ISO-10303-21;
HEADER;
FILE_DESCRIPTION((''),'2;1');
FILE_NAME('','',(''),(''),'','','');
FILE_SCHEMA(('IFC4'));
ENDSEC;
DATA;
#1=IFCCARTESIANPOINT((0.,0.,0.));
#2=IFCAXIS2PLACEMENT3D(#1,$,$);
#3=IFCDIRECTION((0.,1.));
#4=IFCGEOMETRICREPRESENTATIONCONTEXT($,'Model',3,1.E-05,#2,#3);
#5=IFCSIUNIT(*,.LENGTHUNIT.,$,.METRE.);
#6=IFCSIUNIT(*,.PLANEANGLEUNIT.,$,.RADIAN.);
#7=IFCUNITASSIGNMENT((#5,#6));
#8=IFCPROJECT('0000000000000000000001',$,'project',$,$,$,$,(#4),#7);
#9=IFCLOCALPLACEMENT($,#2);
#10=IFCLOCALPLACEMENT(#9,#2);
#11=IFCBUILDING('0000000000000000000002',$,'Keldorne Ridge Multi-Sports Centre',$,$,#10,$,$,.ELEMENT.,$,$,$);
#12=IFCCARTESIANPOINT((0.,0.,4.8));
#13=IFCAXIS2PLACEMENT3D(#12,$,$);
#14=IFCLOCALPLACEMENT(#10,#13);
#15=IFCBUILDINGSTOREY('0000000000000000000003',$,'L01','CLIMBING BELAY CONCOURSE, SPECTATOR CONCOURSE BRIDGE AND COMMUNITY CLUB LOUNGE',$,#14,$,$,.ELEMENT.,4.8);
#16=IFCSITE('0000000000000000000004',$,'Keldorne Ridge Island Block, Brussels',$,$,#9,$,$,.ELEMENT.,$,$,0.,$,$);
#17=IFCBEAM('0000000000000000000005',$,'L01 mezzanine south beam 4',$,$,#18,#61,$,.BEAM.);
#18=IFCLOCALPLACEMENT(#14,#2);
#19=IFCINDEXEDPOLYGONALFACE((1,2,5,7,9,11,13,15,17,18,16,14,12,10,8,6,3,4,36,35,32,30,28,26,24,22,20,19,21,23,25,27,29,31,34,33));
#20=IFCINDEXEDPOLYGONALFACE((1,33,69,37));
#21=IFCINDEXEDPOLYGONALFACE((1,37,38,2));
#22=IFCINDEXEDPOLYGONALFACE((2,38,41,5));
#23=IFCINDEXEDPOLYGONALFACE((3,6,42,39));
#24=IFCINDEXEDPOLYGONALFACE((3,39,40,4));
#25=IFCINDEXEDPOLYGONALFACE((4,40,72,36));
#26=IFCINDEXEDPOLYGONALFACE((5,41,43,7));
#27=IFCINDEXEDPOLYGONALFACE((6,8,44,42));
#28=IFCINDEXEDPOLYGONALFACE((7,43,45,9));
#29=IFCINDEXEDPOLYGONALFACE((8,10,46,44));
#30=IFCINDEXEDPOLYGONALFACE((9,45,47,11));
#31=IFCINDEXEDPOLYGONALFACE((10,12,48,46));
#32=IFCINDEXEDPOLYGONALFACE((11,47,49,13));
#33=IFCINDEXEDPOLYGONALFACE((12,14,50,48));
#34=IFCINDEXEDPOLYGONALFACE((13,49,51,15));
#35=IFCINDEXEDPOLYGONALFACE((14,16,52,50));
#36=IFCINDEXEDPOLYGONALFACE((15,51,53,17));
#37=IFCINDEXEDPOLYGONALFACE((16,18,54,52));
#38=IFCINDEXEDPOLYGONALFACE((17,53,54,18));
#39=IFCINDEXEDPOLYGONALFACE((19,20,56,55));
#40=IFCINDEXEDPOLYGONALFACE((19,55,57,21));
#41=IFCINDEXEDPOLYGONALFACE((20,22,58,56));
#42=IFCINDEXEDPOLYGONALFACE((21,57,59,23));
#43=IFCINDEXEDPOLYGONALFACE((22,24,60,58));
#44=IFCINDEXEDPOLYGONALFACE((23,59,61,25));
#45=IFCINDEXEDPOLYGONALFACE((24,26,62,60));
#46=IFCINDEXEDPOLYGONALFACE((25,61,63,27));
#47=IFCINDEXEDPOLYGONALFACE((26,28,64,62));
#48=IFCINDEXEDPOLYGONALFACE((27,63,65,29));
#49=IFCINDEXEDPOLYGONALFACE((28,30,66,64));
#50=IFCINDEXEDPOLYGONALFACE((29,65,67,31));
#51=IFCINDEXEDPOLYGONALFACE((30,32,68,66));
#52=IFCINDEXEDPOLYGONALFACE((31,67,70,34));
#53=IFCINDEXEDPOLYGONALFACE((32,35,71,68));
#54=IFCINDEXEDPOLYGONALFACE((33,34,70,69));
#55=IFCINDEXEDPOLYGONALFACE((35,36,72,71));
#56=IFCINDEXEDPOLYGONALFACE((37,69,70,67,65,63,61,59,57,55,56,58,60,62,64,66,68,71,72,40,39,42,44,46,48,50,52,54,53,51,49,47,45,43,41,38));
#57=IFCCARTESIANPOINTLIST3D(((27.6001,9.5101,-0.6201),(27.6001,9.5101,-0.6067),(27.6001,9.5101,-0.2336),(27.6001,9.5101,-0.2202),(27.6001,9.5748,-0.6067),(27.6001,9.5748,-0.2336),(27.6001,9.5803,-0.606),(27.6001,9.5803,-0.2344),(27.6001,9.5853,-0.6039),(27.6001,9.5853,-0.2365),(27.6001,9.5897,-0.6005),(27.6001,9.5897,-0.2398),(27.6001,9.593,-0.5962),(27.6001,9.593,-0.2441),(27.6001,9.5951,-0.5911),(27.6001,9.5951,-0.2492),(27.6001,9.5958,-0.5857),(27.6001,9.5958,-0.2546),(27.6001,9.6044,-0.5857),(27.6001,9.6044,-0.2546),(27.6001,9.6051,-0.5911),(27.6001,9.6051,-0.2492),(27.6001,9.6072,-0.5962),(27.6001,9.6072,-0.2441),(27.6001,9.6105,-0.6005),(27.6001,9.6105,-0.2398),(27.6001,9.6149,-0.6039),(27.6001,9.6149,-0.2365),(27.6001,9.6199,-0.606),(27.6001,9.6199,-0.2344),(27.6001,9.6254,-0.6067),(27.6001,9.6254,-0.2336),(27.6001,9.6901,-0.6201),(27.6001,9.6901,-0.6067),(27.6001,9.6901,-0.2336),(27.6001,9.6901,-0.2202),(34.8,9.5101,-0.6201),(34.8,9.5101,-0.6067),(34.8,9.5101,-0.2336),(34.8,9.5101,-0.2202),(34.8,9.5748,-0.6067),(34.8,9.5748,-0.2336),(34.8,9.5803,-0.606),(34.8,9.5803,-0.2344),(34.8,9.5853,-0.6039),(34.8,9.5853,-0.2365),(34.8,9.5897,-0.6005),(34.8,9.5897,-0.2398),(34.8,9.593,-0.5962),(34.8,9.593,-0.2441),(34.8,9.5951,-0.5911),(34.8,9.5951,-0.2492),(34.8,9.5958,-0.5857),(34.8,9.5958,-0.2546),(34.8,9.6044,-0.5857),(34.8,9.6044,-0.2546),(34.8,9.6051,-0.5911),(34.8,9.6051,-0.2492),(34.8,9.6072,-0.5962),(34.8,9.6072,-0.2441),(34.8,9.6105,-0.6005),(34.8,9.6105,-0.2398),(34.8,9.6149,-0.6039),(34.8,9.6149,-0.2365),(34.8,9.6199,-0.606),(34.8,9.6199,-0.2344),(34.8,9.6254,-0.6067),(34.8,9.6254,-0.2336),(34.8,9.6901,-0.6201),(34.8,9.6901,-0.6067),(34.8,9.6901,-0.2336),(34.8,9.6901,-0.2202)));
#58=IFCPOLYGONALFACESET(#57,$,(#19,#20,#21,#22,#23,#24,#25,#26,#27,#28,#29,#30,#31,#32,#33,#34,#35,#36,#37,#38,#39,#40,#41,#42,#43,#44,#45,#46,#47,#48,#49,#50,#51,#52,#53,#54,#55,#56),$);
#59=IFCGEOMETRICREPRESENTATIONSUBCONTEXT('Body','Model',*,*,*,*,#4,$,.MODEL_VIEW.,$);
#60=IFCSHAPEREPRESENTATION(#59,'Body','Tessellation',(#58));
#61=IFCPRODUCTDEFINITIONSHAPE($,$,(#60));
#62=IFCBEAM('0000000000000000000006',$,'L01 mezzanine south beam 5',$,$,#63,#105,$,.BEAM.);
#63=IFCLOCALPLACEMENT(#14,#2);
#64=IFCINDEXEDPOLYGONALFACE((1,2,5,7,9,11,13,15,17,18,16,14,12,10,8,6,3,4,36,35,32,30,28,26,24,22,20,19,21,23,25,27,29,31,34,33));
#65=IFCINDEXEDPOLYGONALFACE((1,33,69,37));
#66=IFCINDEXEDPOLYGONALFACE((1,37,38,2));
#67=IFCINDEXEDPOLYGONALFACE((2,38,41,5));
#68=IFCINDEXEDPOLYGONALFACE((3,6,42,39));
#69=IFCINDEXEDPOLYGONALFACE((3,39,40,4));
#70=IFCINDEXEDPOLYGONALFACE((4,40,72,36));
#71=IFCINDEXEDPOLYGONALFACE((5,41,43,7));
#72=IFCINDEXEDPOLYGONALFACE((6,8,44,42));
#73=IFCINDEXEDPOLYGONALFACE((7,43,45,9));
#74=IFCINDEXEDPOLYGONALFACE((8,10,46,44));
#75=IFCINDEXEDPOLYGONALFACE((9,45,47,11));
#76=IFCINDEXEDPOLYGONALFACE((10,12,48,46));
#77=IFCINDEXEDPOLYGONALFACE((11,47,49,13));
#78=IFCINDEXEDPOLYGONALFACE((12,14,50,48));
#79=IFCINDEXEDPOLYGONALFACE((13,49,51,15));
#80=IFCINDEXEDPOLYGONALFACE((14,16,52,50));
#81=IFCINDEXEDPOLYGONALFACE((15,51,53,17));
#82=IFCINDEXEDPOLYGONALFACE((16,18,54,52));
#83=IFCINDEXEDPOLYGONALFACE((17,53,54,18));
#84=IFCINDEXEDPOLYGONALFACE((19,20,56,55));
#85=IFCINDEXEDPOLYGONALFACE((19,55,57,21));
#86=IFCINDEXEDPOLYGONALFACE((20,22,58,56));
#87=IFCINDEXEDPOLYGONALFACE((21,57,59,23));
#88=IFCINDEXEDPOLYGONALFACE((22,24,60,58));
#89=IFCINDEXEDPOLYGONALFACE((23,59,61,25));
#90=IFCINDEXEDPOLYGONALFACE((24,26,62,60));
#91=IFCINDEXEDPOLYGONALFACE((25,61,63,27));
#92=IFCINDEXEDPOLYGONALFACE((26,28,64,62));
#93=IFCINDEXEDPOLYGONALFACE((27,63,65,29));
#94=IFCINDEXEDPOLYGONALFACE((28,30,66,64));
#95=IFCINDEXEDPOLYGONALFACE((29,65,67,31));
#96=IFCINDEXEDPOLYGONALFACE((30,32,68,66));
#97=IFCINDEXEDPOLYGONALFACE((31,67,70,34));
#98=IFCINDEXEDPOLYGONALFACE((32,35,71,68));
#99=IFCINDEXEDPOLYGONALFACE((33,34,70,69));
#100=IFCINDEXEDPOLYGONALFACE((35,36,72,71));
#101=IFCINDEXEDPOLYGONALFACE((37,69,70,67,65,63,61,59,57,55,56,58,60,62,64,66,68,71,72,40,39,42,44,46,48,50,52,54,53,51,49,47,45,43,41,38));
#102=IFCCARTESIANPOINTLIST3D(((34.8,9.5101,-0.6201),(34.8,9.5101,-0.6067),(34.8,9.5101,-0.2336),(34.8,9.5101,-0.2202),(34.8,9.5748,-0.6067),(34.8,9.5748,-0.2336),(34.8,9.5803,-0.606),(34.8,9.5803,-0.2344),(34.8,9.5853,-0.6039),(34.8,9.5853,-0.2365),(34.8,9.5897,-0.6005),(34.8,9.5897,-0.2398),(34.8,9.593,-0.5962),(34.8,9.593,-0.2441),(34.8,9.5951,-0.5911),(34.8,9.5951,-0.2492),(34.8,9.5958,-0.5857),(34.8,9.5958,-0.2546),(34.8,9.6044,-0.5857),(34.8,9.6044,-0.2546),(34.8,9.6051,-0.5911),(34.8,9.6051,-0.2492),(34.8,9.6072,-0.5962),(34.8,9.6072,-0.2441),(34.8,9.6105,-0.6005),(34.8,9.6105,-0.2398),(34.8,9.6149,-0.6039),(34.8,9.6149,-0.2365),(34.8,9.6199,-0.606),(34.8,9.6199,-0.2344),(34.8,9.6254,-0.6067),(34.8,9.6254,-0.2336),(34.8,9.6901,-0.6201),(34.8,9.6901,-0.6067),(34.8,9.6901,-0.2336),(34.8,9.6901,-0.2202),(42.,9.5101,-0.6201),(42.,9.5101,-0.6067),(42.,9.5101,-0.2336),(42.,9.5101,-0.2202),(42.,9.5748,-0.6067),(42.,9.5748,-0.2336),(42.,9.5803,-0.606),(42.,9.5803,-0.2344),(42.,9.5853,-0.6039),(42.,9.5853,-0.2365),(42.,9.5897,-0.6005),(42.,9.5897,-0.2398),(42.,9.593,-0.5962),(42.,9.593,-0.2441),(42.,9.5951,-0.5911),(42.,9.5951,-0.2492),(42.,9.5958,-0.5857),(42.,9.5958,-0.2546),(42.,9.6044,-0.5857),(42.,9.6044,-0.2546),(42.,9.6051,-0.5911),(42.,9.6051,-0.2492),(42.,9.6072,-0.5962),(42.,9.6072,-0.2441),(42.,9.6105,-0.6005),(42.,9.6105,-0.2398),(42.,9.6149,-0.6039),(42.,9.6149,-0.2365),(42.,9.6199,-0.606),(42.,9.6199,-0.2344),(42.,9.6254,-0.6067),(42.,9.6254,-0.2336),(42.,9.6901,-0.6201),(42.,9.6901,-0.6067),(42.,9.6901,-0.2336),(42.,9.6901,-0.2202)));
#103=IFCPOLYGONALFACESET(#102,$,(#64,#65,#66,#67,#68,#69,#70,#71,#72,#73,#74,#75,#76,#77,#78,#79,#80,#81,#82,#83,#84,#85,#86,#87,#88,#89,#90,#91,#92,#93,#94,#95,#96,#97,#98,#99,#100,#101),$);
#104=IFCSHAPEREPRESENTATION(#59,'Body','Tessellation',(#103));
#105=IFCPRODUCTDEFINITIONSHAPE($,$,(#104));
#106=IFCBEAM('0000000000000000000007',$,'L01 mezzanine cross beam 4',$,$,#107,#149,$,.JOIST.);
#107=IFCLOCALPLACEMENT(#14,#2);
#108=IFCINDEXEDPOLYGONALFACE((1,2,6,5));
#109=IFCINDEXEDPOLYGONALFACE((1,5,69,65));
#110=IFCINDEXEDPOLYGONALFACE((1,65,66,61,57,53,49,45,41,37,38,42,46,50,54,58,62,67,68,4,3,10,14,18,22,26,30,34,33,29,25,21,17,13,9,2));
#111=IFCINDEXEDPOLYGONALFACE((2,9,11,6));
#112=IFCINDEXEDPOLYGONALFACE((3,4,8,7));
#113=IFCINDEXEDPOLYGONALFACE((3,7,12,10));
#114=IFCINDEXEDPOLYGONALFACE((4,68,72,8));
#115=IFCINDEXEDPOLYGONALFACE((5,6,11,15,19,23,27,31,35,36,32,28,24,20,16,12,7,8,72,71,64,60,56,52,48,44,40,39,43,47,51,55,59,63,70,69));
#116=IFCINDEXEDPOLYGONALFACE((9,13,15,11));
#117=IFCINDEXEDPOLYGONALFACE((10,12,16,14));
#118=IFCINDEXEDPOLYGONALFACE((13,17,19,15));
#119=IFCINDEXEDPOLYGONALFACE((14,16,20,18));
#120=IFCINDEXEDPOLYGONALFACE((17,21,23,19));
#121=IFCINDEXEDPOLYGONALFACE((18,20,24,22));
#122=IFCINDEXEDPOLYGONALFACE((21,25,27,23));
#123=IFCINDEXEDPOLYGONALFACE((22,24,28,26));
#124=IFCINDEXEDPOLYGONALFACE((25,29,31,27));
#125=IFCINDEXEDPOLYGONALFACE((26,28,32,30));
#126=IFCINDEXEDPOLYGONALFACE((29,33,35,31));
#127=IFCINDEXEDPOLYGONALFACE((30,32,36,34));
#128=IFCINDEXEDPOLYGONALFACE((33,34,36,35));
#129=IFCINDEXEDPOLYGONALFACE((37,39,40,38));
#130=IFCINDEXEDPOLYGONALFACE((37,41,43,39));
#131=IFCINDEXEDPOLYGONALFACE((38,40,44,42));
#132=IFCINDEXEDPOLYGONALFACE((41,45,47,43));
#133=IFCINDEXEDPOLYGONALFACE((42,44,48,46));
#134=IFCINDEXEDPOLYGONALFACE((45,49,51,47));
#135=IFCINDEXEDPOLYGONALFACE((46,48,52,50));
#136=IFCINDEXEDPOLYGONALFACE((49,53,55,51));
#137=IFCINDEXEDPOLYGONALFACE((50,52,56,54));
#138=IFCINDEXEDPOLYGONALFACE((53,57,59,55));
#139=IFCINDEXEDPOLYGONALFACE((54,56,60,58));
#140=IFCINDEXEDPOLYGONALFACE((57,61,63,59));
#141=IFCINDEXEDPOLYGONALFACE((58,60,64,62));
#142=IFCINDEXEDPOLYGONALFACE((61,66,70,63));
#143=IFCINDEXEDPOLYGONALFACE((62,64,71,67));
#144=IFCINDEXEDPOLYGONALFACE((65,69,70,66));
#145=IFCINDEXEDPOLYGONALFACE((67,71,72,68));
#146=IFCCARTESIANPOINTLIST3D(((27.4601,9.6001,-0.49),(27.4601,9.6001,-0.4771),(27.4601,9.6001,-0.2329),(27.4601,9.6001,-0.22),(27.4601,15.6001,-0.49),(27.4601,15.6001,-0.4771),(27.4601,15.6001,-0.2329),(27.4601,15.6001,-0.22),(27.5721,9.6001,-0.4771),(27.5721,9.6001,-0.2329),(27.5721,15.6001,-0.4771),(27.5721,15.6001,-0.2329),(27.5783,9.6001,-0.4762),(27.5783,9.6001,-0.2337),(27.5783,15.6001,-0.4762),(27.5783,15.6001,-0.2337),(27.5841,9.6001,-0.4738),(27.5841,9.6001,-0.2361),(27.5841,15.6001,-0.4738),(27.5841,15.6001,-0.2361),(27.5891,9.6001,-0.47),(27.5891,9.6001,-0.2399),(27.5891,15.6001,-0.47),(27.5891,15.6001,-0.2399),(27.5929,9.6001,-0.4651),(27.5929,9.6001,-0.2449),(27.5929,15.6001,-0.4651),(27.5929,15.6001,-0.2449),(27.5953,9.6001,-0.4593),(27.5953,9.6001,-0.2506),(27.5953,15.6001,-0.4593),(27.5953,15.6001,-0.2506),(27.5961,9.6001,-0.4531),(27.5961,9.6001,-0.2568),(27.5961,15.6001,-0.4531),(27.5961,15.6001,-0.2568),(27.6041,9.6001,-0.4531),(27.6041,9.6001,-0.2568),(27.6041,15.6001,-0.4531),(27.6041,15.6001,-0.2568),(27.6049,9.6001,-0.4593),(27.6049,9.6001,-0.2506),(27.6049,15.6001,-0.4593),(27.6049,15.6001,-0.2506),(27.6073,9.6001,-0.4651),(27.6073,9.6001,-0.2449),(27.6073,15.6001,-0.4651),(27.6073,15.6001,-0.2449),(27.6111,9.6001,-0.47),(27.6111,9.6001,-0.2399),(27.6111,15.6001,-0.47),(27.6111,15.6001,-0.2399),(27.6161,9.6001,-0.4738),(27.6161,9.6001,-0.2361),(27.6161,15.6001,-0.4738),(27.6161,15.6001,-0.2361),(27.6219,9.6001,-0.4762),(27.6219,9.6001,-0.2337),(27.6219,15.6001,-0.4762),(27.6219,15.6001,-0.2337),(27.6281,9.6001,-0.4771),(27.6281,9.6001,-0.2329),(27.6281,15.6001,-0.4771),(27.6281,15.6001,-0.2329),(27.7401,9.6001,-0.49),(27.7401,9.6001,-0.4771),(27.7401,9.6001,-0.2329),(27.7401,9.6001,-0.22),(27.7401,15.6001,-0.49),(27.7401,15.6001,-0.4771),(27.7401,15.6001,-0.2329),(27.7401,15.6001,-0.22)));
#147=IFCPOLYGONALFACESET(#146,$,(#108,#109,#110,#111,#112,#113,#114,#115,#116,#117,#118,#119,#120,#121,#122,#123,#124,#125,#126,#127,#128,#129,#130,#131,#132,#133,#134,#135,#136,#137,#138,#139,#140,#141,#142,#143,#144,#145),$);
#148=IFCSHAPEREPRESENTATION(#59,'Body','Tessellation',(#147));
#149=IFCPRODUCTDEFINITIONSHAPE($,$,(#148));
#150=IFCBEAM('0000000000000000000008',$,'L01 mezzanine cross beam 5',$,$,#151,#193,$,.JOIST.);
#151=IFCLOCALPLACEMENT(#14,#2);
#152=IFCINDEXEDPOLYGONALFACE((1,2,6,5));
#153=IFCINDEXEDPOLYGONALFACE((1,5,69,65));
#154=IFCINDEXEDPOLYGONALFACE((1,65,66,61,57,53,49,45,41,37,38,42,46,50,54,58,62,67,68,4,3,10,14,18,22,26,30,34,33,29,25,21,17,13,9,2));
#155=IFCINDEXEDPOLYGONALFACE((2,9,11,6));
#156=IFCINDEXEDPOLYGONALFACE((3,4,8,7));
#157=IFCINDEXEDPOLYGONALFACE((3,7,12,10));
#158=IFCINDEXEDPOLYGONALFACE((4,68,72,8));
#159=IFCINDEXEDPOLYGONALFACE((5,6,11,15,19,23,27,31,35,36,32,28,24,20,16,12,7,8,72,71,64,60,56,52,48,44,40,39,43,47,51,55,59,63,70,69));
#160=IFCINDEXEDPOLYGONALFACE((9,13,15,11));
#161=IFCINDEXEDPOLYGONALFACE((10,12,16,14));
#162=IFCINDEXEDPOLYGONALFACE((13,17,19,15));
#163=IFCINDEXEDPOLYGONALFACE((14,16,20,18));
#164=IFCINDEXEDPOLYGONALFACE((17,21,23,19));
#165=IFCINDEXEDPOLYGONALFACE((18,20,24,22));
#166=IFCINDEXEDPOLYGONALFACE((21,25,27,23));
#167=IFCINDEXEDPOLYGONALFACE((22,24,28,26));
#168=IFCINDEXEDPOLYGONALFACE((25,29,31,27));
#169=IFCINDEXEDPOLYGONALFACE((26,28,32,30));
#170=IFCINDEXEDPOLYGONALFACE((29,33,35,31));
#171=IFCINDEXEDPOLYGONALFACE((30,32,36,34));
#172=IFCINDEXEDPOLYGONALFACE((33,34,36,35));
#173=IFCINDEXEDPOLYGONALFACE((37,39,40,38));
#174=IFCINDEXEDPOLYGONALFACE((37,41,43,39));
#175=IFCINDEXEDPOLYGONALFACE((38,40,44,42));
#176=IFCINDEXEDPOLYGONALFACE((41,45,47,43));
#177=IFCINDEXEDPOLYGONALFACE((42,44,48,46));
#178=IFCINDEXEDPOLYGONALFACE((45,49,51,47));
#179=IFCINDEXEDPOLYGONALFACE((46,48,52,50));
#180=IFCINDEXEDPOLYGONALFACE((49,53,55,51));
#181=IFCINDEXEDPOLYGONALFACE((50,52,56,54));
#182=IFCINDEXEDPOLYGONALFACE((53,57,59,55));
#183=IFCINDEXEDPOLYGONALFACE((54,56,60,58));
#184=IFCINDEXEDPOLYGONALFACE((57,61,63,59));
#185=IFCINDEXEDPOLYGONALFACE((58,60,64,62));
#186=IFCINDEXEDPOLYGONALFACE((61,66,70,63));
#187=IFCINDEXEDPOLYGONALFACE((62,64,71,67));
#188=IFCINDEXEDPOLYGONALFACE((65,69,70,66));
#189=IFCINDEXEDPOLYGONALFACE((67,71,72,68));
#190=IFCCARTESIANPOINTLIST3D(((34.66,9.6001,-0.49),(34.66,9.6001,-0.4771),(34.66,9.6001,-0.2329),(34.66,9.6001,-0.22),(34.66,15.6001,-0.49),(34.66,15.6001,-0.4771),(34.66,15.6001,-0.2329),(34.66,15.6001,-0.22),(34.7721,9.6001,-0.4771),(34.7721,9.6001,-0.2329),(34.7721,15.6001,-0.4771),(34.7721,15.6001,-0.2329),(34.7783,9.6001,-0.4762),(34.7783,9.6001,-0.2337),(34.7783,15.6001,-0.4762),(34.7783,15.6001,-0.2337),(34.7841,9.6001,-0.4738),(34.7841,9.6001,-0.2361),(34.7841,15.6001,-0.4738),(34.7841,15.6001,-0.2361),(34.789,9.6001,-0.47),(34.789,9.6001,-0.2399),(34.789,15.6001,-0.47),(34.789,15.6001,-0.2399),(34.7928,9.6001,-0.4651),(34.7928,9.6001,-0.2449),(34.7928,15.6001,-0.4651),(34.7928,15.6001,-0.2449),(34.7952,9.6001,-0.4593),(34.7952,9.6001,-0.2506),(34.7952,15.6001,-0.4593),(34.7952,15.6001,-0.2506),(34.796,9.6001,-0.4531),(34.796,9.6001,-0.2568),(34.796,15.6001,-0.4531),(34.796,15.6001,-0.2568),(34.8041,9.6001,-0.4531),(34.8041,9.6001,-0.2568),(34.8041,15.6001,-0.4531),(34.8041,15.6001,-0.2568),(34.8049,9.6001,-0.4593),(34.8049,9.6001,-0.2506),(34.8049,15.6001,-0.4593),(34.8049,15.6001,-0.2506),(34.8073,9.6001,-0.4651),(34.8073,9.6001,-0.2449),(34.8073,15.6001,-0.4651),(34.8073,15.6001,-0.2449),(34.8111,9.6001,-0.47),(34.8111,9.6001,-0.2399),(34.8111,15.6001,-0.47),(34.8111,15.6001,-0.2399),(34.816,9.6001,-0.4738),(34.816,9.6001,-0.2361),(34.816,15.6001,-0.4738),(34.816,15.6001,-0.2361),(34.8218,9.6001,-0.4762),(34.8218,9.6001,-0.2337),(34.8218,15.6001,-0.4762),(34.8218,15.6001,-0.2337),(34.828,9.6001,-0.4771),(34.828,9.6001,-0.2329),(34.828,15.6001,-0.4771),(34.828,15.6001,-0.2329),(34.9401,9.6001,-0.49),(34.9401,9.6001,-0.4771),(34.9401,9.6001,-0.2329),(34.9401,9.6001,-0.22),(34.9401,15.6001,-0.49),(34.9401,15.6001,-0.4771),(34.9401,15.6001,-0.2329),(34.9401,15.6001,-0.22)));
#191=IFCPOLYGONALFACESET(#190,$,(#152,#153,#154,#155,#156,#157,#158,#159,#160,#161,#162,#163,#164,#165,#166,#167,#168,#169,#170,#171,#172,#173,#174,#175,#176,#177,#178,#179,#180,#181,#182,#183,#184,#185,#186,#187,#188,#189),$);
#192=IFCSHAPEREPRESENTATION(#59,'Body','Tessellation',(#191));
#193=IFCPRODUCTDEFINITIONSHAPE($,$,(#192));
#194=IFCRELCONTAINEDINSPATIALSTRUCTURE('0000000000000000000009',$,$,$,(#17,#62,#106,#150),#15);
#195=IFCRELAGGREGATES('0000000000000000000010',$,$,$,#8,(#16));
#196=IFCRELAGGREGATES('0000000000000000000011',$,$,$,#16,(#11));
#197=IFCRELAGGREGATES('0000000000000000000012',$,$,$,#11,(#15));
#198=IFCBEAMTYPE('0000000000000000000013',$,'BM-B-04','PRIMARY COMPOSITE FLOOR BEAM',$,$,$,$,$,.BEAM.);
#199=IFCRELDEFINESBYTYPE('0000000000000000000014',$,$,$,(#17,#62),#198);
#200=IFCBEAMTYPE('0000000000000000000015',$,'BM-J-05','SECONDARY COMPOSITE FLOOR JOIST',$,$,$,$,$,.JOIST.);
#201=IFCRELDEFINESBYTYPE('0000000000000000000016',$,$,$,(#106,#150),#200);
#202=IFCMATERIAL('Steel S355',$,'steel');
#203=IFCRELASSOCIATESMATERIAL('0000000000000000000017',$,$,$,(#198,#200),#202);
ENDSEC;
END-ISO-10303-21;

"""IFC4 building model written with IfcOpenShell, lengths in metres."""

from ifc_helpers import new_model, si_unit, direction, frame, origin, origin_2d, place, context, subcontext, project, spatial, i_section, extrude, material, material_profile, profile_set, type_object, element, save


model = new_model("IFC4")

# Units and contexts
model_context = context("Model", 3, precision=1e-05, world=origin(), true_north=direction((0.0, 1.0)))
body_context = subcontext(model_context, "Body", "Model", "MODEL_VIEW")
ifc_project = project(units=[si_unit("LENGTHUNIT", "METRE"), si_unit("PLANEANGLEUNIT", "RADIAN")], contexts=[model_context])

# Site, building, storey
site_placement = place(None, origin())
site = spatial("IfcSite", under=ifc_project, at=site_placement, Name="Keldorne Ridge Island Block, Brussels", CompositionType="ELEMENT", RefElevation=0.0)
building_placement = place(site_placement, origin())
building = spatial("IfcBuilding", under=site, at=building_placement, Name="Keldorne Ridge Multi-Sports Centre", CompositionType="ELEMENT")
storey_placement = place(building_placement, frame((0.0, 0.0, 4.8)))
storey = spatial("IfcBuildingStorey", under=building, at=storey_placement, Name="L01", Description="CLIMBING BELAY CONCOURSE, SPECTATOR CONCOURSE BRIDGE AND COMMUNITY CLUB LOUNGE", CompositionType="ELEMENT", Elevation=4.8)

# Shared definitions
ifc_material_1 = material(Name="Steel S355", Category="steel")

# Beams
ifc_material_profile_1 = material_profile(ifc_material_1, i_section(OverallWidth=0.1799, OverallDepth=0.3999, WebThickness=0.0085, FlangeThickness=0.0134, FilletRadius=0.021, at=origin_2d()), Name="IPE 400")
ifc_profile_set_1 = profile_set([ifc_material_profile_1], Name="Steel S355")
beam_type_1 = type_object("IfcBeamType", Name="BM-B-04", Description="PRIMARY COMPOSITE FLOOR BEAM", PredefinedType="BEAM", material=ifc_profile_set_1)
for number, where, z_axis, x_axis, name in (
    (1, (27.6001, 9.6001, -0.4202), (1.0, 0.0, 0.0), (0.0, 1.0, 0.0), "L01 mezzanine south beam 4"),
    (2, (34.8, 9.6001, -0.4202), (1.0, 0.0, 0.0), (0.0, 1.0, 0.0), "L01 mezzanine south beam 5"),
):
    element("IfcBeam", number, at=place(storey_placement, frame(where, z_axis=z_axis, x_axis=x_axis)), inside=storey, type_object=beam_type_1, Name=name, PredefinedType="BEAM", context=body_context, shape_type="SweptSolid", body=[
        extrude(i_section(OverallWidth=0.1799, OverallDepth=0.3999, WebThickness=0.0085, FlangeThickness=0.0134, FilletRadius=0.021, at=origin_2d()), origin(), (0.0, 0.0, 1.0), 7.2),
    ])
ifc_material_profile_2 = material_profile(ifc_material_1, i_section(OverallWidth=0.28, OverallDepth=0.27, WebThickness=0.0081, FlangeThickness=0.0129, FilletRadius=0.0239, at=origin_2d()), Name="HEA 280")
ifc_profile_set_2 = profile_set([ifc_material_profile_2], Name="Steel S355")
beam_type_2 = type_object("IfcBeamType", Name="BM-J-05", Description="SECONDARY COMPOSITE FLOOR JOIST", PredefinedType="JOIST", material=ifc_profile_set_2)
for number, where, z_axis, x_axis, name in (
    (3, (27.6001, 9.6001, -0.355), (0.0, 1.0, 0.0), (-1.0, 0.0, 0.0), "L01 mezzanine cross beam 4"),
    (4, (34.8, 9.6001, -0.355), (0.0, 1.0, 0.0), (-1.0, 0.0, 0.0), "L01 mezzanine cross beam 5"),
):
    element("IfcBeam", number, at=place(storey_placement, frame(where, z_axis=z_axis, x_axis=x_axis)), inside=storey, type_object=beam_type_2, Name=name, PredefinedType="JOIST", context=body_context, shape_type="SweptSolid", body=[
        extrude(i_section(OverallWidth=0.28, OverallDepth=0.27, WebThickness=0.0081, FlangeThickness=0.0129, FilletRadius=0.0239, at=origin_2d()), origin(), (0.0, 0.0, 1.0), 6.0),
    ])

save(model, "model.ifc")
